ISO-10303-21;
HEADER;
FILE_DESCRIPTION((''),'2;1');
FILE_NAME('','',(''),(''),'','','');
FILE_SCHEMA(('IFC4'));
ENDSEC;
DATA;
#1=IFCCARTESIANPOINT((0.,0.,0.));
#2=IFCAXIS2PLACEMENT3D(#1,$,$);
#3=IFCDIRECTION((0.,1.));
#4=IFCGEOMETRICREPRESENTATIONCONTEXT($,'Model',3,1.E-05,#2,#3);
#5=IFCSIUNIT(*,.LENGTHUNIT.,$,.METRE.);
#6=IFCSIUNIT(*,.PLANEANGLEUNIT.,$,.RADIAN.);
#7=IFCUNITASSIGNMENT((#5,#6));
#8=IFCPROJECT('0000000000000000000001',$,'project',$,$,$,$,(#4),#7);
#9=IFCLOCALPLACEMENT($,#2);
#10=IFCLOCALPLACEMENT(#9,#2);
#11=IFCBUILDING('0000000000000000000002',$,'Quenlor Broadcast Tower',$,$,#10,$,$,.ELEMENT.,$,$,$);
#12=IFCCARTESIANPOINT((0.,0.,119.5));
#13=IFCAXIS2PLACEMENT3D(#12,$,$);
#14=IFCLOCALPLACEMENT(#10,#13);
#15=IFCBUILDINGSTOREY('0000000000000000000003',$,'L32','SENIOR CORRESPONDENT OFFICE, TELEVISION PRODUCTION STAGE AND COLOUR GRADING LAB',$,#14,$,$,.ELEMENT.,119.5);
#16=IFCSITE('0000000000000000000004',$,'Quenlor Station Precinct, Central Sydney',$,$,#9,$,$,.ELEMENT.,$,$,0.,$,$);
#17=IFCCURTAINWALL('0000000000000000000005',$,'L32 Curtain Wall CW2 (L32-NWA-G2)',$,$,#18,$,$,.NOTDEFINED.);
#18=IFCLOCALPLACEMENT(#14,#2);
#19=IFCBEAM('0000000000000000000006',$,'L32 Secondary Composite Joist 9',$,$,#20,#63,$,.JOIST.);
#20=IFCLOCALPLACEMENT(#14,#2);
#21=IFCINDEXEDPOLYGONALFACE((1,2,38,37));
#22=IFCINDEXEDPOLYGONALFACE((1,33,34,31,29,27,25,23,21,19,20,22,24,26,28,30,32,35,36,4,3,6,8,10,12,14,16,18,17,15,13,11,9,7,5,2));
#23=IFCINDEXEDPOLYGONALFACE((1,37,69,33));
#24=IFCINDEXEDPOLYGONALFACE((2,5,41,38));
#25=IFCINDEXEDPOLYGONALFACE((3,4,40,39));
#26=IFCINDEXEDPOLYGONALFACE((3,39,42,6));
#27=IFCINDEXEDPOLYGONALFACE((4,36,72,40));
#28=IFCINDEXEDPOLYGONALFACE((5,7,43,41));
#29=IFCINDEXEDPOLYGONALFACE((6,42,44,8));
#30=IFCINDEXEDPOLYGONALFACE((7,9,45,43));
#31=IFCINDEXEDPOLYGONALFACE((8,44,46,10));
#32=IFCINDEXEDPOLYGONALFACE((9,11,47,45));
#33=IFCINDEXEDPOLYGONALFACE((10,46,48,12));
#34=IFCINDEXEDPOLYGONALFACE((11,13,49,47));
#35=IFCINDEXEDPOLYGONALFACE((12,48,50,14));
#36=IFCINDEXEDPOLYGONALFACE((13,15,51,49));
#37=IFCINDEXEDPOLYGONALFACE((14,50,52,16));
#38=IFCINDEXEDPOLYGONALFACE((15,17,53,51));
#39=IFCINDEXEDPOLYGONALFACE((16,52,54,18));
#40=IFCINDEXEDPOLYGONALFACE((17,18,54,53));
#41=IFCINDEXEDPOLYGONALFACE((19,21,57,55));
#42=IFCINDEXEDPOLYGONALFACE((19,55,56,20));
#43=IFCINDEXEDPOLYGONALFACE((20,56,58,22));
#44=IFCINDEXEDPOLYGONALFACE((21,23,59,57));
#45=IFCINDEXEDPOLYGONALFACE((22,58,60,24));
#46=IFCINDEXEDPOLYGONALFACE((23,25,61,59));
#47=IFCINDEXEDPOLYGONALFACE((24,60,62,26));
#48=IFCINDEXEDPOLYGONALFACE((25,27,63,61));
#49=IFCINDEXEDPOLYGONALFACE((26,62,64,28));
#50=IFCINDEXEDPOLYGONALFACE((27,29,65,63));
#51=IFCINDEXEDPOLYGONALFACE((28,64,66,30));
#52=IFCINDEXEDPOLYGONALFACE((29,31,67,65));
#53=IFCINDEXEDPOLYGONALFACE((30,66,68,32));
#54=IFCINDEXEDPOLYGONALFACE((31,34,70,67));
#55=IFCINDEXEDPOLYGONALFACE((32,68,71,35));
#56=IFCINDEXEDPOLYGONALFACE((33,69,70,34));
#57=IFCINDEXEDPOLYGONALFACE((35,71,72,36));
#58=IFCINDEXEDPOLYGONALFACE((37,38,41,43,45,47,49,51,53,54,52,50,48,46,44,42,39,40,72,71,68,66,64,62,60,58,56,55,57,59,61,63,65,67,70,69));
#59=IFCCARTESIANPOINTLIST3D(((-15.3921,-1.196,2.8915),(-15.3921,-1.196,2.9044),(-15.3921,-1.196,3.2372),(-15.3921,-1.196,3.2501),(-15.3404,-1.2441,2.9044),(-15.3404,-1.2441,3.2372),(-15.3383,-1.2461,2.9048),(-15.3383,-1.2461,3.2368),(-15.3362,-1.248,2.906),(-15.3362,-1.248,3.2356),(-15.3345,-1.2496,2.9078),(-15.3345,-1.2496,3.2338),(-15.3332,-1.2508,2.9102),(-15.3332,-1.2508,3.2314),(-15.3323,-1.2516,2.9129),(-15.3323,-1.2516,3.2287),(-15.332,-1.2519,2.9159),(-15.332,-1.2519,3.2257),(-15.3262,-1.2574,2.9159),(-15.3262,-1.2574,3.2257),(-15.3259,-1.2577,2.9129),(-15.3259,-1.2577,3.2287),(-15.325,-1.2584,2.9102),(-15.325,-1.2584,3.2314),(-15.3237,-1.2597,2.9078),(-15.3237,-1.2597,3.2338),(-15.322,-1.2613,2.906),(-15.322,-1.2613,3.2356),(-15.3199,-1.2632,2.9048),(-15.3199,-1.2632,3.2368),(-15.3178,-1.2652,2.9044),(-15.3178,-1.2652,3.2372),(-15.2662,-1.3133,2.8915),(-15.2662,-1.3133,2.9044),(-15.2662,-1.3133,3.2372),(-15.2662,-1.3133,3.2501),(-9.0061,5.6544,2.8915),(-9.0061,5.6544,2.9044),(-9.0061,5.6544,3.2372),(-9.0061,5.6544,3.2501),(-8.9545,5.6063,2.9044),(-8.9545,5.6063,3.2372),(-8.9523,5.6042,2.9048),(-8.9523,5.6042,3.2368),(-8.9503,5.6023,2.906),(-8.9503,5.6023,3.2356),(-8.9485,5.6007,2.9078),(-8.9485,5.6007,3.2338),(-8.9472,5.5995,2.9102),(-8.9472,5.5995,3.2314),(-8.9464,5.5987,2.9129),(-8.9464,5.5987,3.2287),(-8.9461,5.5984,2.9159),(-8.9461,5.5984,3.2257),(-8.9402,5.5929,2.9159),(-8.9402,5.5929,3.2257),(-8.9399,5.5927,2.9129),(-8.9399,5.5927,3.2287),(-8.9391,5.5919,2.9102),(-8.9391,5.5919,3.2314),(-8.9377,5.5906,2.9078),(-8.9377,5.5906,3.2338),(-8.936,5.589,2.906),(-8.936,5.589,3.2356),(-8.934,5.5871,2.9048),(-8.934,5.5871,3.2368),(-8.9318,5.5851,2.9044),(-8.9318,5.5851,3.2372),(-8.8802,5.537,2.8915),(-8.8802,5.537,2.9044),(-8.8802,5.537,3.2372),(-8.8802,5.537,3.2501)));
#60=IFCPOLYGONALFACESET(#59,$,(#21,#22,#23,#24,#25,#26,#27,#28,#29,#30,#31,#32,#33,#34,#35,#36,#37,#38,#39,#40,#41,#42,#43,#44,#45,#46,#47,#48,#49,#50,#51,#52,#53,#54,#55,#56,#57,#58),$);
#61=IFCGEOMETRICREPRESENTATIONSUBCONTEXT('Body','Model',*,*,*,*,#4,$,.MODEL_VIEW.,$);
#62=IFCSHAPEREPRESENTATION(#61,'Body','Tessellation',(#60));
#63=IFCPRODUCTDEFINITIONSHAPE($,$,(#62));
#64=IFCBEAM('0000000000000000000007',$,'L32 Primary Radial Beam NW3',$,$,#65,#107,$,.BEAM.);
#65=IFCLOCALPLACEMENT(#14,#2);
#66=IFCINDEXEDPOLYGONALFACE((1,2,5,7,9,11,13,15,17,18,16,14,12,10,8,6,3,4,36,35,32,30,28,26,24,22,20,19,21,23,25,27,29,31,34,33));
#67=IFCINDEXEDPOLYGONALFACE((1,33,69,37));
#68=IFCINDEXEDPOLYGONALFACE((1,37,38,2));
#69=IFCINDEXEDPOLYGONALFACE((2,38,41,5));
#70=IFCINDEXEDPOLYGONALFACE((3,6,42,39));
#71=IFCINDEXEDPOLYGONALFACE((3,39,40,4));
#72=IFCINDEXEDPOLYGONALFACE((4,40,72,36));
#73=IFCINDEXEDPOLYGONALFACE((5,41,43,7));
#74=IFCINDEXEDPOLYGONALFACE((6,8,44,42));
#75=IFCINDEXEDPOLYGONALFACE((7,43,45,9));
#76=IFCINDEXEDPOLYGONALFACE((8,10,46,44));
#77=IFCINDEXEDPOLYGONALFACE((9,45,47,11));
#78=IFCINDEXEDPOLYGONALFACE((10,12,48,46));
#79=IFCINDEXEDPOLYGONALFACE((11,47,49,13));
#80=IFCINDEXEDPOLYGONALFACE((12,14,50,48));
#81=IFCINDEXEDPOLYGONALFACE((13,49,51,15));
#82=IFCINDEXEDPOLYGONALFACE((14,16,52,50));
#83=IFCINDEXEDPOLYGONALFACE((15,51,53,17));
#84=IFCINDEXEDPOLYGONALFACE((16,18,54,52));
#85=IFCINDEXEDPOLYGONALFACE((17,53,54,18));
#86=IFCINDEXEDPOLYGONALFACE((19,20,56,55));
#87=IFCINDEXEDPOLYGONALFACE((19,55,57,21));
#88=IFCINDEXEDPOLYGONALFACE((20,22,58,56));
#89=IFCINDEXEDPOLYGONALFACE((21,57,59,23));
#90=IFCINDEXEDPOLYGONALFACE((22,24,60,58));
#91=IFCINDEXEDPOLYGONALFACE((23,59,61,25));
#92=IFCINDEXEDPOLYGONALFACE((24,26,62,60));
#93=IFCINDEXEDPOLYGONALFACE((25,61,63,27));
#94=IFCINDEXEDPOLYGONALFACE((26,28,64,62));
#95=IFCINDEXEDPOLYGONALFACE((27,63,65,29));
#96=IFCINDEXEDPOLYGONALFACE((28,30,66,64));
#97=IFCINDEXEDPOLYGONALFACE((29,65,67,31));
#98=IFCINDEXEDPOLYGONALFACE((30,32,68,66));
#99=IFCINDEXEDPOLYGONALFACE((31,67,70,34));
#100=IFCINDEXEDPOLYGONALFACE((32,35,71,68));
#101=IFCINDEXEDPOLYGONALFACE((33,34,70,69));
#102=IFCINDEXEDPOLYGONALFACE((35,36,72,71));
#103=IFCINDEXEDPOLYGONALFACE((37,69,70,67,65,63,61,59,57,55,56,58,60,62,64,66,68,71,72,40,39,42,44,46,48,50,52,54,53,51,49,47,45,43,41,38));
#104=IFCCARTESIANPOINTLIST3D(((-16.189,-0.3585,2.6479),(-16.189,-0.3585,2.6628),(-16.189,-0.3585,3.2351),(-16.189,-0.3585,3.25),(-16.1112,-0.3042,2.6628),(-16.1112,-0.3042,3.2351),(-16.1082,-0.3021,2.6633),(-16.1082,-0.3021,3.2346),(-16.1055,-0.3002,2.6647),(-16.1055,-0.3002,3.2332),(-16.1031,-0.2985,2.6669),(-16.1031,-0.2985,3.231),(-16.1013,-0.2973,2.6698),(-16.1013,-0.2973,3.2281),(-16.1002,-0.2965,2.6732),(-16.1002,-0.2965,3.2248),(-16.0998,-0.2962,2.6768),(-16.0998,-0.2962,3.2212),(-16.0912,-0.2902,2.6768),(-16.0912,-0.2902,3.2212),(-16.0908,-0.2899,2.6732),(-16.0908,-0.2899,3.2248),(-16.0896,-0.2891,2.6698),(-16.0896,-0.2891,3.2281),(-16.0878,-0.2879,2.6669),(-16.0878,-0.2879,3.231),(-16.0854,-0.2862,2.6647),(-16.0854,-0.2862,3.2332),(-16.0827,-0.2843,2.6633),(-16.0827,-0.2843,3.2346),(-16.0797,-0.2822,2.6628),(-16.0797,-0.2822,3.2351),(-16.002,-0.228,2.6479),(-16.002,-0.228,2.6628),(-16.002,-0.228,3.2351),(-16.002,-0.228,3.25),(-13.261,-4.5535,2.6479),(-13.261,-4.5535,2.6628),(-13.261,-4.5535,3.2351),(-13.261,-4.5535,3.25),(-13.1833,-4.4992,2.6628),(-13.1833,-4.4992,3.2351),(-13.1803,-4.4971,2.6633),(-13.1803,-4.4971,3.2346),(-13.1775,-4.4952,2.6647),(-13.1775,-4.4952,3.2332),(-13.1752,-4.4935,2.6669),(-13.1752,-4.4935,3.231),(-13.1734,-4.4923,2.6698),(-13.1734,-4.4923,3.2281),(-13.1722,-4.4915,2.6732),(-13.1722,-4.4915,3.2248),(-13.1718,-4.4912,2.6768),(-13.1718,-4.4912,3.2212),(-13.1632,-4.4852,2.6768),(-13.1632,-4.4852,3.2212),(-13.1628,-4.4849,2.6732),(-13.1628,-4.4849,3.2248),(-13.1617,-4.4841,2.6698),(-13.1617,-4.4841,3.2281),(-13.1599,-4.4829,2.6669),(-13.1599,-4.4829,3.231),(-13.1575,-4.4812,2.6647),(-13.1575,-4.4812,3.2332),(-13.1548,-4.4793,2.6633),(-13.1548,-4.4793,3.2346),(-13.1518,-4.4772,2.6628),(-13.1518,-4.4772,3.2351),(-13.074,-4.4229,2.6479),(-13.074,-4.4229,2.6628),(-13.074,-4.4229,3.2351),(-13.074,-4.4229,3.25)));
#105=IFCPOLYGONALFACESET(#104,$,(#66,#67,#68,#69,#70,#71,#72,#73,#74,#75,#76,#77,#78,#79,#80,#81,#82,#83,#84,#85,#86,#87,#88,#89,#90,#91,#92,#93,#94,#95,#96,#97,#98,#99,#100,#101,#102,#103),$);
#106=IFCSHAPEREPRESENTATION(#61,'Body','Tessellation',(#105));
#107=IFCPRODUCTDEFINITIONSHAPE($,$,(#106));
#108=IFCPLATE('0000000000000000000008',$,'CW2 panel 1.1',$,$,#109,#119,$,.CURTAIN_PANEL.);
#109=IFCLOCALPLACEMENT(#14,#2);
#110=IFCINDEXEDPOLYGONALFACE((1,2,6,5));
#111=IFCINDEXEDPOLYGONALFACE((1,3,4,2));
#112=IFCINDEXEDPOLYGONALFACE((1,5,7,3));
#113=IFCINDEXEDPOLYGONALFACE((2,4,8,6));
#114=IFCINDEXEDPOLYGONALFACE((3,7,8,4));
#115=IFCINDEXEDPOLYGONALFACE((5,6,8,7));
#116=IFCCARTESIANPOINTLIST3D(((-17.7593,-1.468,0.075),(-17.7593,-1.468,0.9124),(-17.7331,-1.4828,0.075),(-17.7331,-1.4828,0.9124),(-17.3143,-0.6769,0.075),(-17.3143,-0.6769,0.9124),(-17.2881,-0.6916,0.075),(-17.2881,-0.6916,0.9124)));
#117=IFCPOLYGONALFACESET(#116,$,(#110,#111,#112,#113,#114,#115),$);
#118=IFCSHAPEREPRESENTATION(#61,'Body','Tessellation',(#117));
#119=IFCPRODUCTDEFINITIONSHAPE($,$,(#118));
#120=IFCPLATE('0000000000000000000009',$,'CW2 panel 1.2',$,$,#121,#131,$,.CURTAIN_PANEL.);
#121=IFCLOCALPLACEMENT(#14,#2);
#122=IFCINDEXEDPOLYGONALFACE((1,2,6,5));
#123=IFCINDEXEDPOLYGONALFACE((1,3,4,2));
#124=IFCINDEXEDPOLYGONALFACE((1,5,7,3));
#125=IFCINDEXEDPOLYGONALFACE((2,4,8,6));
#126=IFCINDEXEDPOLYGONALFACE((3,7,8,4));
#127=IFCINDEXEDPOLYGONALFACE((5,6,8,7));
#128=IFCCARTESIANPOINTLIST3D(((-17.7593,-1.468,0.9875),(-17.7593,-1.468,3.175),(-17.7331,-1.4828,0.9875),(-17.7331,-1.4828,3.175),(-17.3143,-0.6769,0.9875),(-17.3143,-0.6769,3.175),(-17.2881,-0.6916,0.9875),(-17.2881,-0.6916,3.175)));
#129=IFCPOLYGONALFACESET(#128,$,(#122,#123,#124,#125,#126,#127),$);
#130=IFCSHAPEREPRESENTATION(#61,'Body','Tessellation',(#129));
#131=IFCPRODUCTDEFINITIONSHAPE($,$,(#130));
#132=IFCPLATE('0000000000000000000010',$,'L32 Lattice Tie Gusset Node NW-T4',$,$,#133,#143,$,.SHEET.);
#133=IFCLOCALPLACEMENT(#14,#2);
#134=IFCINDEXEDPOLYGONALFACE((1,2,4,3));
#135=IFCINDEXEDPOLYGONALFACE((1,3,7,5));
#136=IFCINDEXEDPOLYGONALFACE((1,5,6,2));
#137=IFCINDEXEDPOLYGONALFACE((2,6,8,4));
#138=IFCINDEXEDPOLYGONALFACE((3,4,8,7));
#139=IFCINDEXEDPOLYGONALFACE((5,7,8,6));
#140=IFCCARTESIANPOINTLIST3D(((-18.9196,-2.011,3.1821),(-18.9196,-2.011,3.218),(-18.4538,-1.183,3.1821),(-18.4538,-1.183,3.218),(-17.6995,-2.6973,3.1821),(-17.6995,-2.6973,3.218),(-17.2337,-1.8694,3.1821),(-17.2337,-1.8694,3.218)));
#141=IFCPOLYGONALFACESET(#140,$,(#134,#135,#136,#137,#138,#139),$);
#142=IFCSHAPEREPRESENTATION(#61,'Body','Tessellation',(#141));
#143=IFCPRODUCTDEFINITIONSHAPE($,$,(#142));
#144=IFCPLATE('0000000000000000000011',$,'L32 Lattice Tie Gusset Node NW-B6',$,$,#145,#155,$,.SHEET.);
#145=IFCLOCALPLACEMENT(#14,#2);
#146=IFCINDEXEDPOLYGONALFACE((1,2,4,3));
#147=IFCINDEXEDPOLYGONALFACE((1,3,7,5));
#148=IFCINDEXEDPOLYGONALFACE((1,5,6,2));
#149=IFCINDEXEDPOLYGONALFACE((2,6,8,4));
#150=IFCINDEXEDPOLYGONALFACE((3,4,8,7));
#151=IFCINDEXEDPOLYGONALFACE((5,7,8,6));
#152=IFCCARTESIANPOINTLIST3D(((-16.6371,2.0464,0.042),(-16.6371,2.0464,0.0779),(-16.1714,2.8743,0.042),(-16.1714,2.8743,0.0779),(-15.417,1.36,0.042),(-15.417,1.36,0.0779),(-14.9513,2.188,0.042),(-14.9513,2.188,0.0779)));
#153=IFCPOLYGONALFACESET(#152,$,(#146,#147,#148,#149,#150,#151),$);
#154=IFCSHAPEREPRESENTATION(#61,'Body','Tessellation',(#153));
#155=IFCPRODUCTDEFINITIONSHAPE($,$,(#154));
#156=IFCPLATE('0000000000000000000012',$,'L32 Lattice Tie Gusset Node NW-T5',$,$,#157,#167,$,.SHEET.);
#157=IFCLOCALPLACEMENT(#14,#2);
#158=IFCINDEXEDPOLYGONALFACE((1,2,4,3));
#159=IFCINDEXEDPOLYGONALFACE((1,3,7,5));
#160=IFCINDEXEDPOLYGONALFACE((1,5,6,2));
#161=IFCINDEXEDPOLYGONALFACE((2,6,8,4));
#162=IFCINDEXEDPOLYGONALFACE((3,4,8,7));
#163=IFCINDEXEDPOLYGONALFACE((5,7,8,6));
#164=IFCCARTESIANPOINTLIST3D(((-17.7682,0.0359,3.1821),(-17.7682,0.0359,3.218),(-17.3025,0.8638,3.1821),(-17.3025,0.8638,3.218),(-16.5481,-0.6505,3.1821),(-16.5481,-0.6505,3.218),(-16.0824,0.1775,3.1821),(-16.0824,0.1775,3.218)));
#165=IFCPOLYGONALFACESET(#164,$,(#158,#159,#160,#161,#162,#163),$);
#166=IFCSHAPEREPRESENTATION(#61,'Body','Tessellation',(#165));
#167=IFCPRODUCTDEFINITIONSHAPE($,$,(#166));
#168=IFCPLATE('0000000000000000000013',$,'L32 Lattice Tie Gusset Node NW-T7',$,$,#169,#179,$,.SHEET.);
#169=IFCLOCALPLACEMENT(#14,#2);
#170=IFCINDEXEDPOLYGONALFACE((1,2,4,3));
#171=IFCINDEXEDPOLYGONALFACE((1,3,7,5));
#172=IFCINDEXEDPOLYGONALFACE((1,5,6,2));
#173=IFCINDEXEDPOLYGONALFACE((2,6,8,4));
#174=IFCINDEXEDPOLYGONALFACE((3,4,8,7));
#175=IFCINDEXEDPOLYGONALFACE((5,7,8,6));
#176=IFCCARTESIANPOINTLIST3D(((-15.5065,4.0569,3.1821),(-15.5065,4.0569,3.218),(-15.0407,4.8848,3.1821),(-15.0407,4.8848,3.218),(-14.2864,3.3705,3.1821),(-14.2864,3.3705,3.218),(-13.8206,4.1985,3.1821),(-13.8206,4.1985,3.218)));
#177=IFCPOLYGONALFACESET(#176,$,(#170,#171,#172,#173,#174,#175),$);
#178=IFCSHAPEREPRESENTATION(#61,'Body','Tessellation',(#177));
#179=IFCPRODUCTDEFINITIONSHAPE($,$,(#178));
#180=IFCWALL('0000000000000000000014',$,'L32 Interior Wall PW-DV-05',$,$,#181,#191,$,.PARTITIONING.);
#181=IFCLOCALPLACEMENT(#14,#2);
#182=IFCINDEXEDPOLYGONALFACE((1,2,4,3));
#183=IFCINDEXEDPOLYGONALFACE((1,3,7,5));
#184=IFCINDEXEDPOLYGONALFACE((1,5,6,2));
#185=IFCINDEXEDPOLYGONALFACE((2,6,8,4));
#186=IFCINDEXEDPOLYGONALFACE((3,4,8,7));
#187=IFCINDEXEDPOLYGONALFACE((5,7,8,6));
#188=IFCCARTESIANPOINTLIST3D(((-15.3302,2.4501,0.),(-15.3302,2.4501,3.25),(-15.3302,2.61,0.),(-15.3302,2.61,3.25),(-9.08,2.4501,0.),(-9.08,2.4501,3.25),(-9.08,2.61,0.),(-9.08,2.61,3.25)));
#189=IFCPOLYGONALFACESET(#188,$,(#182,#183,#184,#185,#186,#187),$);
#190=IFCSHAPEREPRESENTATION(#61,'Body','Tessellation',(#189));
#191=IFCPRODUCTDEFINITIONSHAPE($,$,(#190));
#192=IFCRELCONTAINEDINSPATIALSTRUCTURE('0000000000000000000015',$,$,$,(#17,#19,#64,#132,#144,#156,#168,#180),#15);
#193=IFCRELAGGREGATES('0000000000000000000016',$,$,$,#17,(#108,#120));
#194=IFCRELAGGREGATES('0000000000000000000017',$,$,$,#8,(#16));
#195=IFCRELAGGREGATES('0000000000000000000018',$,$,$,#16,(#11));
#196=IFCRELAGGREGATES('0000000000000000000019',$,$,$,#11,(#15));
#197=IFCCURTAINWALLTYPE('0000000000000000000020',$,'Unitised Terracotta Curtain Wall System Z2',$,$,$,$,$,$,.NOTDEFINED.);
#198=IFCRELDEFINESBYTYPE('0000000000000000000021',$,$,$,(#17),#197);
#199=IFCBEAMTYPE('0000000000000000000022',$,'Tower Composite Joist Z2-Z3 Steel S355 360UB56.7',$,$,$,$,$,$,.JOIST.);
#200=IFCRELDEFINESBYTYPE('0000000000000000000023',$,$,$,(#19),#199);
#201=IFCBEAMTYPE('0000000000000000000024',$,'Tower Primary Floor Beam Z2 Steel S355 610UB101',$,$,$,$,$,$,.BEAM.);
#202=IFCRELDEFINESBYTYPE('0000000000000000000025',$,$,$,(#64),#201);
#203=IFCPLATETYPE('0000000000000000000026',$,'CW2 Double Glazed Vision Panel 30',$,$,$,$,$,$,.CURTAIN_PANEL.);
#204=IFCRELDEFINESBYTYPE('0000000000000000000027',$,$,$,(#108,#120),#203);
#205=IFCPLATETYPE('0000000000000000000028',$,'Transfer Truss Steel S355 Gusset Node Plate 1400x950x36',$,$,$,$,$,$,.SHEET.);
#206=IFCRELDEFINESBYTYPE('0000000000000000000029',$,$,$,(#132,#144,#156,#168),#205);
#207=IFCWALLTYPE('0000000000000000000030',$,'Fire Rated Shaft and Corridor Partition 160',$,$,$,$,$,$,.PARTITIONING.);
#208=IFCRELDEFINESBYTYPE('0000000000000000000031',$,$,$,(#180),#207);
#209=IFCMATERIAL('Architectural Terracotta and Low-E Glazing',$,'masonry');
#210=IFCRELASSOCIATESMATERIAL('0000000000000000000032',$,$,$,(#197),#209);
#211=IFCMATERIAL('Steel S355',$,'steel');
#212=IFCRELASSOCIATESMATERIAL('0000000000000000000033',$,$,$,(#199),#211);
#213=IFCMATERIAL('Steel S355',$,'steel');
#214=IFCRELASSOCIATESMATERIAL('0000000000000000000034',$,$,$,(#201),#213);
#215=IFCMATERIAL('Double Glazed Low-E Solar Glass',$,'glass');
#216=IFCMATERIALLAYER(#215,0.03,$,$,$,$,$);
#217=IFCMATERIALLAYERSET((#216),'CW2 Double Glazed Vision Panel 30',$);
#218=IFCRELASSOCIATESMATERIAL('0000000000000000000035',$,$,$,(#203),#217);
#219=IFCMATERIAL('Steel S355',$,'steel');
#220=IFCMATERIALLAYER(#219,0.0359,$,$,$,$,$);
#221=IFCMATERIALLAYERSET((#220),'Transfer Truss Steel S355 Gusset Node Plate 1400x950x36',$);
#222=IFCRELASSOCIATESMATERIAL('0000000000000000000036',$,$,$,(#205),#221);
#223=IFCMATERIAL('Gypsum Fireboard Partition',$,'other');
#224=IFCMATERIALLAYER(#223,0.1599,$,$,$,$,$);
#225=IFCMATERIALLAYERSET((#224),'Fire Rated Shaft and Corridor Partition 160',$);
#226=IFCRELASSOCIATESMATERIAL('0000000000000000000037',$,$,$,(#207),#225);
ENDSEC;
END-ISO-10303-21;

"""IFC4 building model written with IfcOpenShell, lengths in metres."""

from ifc_helpers import new_model, si_unit, direction, frame, frame_2d, origin, origin_2d, place, context, subcontext, project, spatial, rectangle, i_section, extrude, material, layer, layer_set, material_profile, profile_set, type_object, element, aggregate, save


model = new_model("IFC4")

# Units and contexts
model_context = context("Model", 3, precision=1e-05, world=origin(), true_north=direction((0.0, 1.0)))
body_context = subcontext(model_context, "Body", "Model", "MODEL_VIEW")
ifc_project = project(units=[si_unit("LENGTHUNIT", "METRE"), si_unit("PLANEANGLEUNIT", "RADIAN")], contexts=[model_context])

# Site, building, storey
site_placement = place(None, origin())
site = spatial("IfcSite", under=ifc_project, at=site_placement, Name="Quenlor Station Precinct, Central Sydney", CompositionType="ELEMENT", RefElevation=0.0)
building_placement = place(site_placement, origin())
building = spatial("IfcBuilding", under=site, at=building_placement, Name="Quenlor Broadcast Tower", CompositionType="ELEMENT")
storey_placement = place(building_placement, frame((0.0, 0.0, 119.5)))
storey = spatial("IfcBuildingStorey", under=building, at=storey_placement, Name="L32", Description="SENIOR CORRESPONDENT OFFICE, TELEVISION PRODUCTION STAGE AND COLOUR GRADING LAB", CompositionType="ELEMENT", Elevation=119.5)

# Curtain wall
ifc_material_1 = material(Name="Architectural Terracotta and Low-E Glazing", Category="masonry")
curtain_wall_type = type_object("IfcCurtainWallType", Name="Unitised Terracotta Curtain Wall System Z2", PredefinedType="NOTDEFINED", material=ifc_material_1)
curtain_wall_1_placement = place(storey_placement, origin())
curtain_wall_1 = element("IfcCurtainWall", 1, at=curtain_wall_1_placement, inside=storey, type_object=curtain_wall_type, Name="L32 Curtain Wall CW2 (L32-NWA-G2)", PredefinedType="NOTDEFINED")

# Beams
ifc_material_2 = material(Name="Steel S355", Category="steel")
ifc_material_profile_1 = material_profile(ifc_material_2, i_section(OverallWidth=0.1721, OverallDepth=0.3586, WebThickness=0.0081, FlangeThickness=0.0129, FilletRadius=0.0115, at=origin_2d()))
ifc_profile_set_1 = profile_set([ifc_material_profile_1], Name="Steel S355 360UB56.7")
beam_type_1 = type_object("IfcBeamType", Name="Tower Composite Joist Z2-Z3 Steel S355 360UB56.7", PredefinedType="JOIST", material=ifc_profile_set_1)
beam_1_placement = place(storey_placement, frame((-15.3291, -1.2546, 3.0708), z_axis=(0.681881, 0.731463, 0.0), x_axis=(-0.731463, 0.681881, 0.0)))
element("IfcBeam", 2, at=beam_1_placement, inside=storey, type_object=beam_type_1, Name="L32 Secondary Composite Joist 9", PredefinedType="JOIST", context=body_context, shape_type="SweptSolid", body=[
    extrude(i_section(OverallWidth=0.1721, OverallDepth=0.3586, WebThickness=0.0081, FlangeThickness=0.0129, FilletRadius=0.0115, at=origin_2d()), origin(), (0.0, 0.0, 1.0), 9.3652),
])
ifc_material_3 = material(Name="Steel S355", Category="steel")
ifc_material_profile_2 = material_profile(ifc_material_3, i_section(OverallWidth=0.228, OverallDepth=0.6021, WebThickness=0.0105, FlangeThickness=0.0149, FilletRadius=0.0139, at=origin_2d()))
ifc_profile_set_2 = profile_set([ifc_material_profile_2], Name="Steel S355 610UB101")
beam_type_2 = type_object("IfcBeamType", Name="Tower Primary Floor Beam Z2 Steel S355 610UB101", PredefinedType="BEAM", material=ifc_profile_set_2)
beam_2_placement = place(storey_placement, frame((-16.0955, -0.2932, 2.949), z_axis=(0.572338, -0.820018, 0.0), x_axis=(0.820018, 0.572338, 0.0)))
element("IfcBeam", 3, at=beam_2_placement, inside=storey, type_object=beam_type_2, Name="L32 Primary Radial Beam NW3", PredefinedType="BEAM", context=body_context, shape_type="SweptSolid", body=[
    extrude(i_section(OverallWidth=0.228, OverallDepth=0.6021, WebThickness=0.0105, FlangeThickness=0.0149, FilletRadius=0.0139, at=origin_2d()), origin(), (0.0, 0.0, 1.0), 5.1157),
])

# Plates
ifc_material_4 = material(Name="Double Glazed Low-E Solar Glass", Category="glass")
ifc_layer_1 = layer(ifc_material_4, 0.03)
ifc_layer_set_1 = layer_set([ifc_layer_1], Name="CW2 Double Glazed Vision Panel 30")
plate_type_1 = type_object("IfcPlateType", Name="CW2 Double Glazed Vision Panel 30", PredefinedType="CURTAIN_PANEL", material=ifc_layer_set_1)
plate_1_placement = place(storey_placement, frame((-17.5237, -1.0798, 0.075), z_axis=(0.0, 0.0, 1.0), x_axis=(0.490252, 0.871581, 0.0)))
plate_1 = element("IfcPlate", 4, at=plate_1_placement, type_object=plate_type_1, Name="CW2 panel 1.1", PredefinedType="CURTAIN_PANEL", context=body_context, shape_type="SweptSolid", body=[
    extrude(rectangle(XDim=0.9077, YDim=0.03, at=origin_2d()), origin(), (0.0, 0.0, 1.0), 0.8374),
])
plate_2_placement = place(storey_placement, frame((-17.5237, -1.0798, 0.9875), z_axis=(0.0, 0.0, 1.0), x_axis=(0.490252, 0.871581, 0.0)))
plate_2 = element("IfcPlate", 5, at=plate_2_placement, type_object=plate_type_1, Name="CW2 panel 1.2", PredefinedType="CURTAIN_PANEL", context=body_context, shape_type="SweptSolid", body=[
    extrude(rectangle(XDim=0.9077, YDim=0.03, at=origin_2d()), origin(), (0.0, 0.0, 1.0), 2.1875),
])
aggregate(curtain_wall_1, [plate_1, plate_2])

# Plates
ifc_material_5 = material(Name="Steel S355", Category="steel")
ifc_layer_2 = layer(ifc_material_5, 0.0359)
ifc_layer_set_2 = layer_set([ifc_layer_2], Name="Transfer Truss Steel S355 Gusset Node Plate 1400x950x36")
plate_type_2 = type_object("IfcPlateType", Name="Transfer Truss Steel S355 Gusset Node Plate 1400x950x36", PredefinedType="SHEET", material=ifc_layer_set_2)
for number, where, z_axis, x_axis, name in (
    (6, (-18.0767, -1.9402, 3.1821), (0.0, 0.0, 1.0), (-0.871556, 0.490295, 0.0), "L32 Lattice Tie Gusset Node NW-T4"),
    (7, (-15.7942, 2.1172, 0.042), (0.0, 0.0, 1.0), (-0.871556, 0.490295, 0.0), "L32 Lattice Tie Gusset Node NW-B6"),
    (8, (-16.9253, 0.1067, 3.1821), (0.0, 0.0, 1.0), (-0.871556, 0.490295, 0.0), "L32 Lattice Tie Gusset Node NW-T5"),
    (9, (-14.6636, 4.1277, 3.1821), (0.0, 0.0, 1.0), (-0.871556, 0.490295, 0.0), "L32 Lattice Tie Gusset Node NW-T7"),
):
    element("IfcPlate", number, at=place(storey_placement, frame(where, z_axis=z_axis, x_axis=x_axis)), inside=storey, type_object=plate_type_2, Name=name, PredefinedType="SHEET", context=body_context, shape_type="SweptSolid", body=[
        extrude(rectangle(XDim=1.3999, YDim=0.95, at=origin_2d()), origin(), (0.0, 0.0, 1.0), 0.0359),
    ])

# Wall
ifc_material_6 = material(Name="Gypsum Fireboard Partition", Category="other")
ifc_layer_3 = layer(ifc_material_6, 0.1599)
ifc_layer_set_3 = layer_set([ifc_layer_3], Name="Fire Rated Shaft and Corridor Partition 160")
wall_type_1 = type_object("IfcWallType", Name="Fire Rated Shaft and Corridor Partition 160", PredefinedType="PARTITIONING", material=ifc_layer_set_3)
wall_1_placement = place(storey_placement, frame((-9.0801, 2.53, 0.0), z_axis=(0.0, 0.0, 1.0), x_axis=(-1.0, 0.0, 0.0)))
element("IfcWall", 10, at=wall_1_placement, inside=storey, type_object=wall_type_1, Name="L32 Interior Wall PW-DV-05", PredefinedType="PARTITIONING", context=body_context, shape_type="SweptSolid", body=[
    extrude(rectangle(XDim=6.2502, YDim=0.1599, at=frame_2d((3.125, 0.0))), origin(), (0.0, 0.0, 1.0), 3.25),
])

save(model, "model.ifc")
